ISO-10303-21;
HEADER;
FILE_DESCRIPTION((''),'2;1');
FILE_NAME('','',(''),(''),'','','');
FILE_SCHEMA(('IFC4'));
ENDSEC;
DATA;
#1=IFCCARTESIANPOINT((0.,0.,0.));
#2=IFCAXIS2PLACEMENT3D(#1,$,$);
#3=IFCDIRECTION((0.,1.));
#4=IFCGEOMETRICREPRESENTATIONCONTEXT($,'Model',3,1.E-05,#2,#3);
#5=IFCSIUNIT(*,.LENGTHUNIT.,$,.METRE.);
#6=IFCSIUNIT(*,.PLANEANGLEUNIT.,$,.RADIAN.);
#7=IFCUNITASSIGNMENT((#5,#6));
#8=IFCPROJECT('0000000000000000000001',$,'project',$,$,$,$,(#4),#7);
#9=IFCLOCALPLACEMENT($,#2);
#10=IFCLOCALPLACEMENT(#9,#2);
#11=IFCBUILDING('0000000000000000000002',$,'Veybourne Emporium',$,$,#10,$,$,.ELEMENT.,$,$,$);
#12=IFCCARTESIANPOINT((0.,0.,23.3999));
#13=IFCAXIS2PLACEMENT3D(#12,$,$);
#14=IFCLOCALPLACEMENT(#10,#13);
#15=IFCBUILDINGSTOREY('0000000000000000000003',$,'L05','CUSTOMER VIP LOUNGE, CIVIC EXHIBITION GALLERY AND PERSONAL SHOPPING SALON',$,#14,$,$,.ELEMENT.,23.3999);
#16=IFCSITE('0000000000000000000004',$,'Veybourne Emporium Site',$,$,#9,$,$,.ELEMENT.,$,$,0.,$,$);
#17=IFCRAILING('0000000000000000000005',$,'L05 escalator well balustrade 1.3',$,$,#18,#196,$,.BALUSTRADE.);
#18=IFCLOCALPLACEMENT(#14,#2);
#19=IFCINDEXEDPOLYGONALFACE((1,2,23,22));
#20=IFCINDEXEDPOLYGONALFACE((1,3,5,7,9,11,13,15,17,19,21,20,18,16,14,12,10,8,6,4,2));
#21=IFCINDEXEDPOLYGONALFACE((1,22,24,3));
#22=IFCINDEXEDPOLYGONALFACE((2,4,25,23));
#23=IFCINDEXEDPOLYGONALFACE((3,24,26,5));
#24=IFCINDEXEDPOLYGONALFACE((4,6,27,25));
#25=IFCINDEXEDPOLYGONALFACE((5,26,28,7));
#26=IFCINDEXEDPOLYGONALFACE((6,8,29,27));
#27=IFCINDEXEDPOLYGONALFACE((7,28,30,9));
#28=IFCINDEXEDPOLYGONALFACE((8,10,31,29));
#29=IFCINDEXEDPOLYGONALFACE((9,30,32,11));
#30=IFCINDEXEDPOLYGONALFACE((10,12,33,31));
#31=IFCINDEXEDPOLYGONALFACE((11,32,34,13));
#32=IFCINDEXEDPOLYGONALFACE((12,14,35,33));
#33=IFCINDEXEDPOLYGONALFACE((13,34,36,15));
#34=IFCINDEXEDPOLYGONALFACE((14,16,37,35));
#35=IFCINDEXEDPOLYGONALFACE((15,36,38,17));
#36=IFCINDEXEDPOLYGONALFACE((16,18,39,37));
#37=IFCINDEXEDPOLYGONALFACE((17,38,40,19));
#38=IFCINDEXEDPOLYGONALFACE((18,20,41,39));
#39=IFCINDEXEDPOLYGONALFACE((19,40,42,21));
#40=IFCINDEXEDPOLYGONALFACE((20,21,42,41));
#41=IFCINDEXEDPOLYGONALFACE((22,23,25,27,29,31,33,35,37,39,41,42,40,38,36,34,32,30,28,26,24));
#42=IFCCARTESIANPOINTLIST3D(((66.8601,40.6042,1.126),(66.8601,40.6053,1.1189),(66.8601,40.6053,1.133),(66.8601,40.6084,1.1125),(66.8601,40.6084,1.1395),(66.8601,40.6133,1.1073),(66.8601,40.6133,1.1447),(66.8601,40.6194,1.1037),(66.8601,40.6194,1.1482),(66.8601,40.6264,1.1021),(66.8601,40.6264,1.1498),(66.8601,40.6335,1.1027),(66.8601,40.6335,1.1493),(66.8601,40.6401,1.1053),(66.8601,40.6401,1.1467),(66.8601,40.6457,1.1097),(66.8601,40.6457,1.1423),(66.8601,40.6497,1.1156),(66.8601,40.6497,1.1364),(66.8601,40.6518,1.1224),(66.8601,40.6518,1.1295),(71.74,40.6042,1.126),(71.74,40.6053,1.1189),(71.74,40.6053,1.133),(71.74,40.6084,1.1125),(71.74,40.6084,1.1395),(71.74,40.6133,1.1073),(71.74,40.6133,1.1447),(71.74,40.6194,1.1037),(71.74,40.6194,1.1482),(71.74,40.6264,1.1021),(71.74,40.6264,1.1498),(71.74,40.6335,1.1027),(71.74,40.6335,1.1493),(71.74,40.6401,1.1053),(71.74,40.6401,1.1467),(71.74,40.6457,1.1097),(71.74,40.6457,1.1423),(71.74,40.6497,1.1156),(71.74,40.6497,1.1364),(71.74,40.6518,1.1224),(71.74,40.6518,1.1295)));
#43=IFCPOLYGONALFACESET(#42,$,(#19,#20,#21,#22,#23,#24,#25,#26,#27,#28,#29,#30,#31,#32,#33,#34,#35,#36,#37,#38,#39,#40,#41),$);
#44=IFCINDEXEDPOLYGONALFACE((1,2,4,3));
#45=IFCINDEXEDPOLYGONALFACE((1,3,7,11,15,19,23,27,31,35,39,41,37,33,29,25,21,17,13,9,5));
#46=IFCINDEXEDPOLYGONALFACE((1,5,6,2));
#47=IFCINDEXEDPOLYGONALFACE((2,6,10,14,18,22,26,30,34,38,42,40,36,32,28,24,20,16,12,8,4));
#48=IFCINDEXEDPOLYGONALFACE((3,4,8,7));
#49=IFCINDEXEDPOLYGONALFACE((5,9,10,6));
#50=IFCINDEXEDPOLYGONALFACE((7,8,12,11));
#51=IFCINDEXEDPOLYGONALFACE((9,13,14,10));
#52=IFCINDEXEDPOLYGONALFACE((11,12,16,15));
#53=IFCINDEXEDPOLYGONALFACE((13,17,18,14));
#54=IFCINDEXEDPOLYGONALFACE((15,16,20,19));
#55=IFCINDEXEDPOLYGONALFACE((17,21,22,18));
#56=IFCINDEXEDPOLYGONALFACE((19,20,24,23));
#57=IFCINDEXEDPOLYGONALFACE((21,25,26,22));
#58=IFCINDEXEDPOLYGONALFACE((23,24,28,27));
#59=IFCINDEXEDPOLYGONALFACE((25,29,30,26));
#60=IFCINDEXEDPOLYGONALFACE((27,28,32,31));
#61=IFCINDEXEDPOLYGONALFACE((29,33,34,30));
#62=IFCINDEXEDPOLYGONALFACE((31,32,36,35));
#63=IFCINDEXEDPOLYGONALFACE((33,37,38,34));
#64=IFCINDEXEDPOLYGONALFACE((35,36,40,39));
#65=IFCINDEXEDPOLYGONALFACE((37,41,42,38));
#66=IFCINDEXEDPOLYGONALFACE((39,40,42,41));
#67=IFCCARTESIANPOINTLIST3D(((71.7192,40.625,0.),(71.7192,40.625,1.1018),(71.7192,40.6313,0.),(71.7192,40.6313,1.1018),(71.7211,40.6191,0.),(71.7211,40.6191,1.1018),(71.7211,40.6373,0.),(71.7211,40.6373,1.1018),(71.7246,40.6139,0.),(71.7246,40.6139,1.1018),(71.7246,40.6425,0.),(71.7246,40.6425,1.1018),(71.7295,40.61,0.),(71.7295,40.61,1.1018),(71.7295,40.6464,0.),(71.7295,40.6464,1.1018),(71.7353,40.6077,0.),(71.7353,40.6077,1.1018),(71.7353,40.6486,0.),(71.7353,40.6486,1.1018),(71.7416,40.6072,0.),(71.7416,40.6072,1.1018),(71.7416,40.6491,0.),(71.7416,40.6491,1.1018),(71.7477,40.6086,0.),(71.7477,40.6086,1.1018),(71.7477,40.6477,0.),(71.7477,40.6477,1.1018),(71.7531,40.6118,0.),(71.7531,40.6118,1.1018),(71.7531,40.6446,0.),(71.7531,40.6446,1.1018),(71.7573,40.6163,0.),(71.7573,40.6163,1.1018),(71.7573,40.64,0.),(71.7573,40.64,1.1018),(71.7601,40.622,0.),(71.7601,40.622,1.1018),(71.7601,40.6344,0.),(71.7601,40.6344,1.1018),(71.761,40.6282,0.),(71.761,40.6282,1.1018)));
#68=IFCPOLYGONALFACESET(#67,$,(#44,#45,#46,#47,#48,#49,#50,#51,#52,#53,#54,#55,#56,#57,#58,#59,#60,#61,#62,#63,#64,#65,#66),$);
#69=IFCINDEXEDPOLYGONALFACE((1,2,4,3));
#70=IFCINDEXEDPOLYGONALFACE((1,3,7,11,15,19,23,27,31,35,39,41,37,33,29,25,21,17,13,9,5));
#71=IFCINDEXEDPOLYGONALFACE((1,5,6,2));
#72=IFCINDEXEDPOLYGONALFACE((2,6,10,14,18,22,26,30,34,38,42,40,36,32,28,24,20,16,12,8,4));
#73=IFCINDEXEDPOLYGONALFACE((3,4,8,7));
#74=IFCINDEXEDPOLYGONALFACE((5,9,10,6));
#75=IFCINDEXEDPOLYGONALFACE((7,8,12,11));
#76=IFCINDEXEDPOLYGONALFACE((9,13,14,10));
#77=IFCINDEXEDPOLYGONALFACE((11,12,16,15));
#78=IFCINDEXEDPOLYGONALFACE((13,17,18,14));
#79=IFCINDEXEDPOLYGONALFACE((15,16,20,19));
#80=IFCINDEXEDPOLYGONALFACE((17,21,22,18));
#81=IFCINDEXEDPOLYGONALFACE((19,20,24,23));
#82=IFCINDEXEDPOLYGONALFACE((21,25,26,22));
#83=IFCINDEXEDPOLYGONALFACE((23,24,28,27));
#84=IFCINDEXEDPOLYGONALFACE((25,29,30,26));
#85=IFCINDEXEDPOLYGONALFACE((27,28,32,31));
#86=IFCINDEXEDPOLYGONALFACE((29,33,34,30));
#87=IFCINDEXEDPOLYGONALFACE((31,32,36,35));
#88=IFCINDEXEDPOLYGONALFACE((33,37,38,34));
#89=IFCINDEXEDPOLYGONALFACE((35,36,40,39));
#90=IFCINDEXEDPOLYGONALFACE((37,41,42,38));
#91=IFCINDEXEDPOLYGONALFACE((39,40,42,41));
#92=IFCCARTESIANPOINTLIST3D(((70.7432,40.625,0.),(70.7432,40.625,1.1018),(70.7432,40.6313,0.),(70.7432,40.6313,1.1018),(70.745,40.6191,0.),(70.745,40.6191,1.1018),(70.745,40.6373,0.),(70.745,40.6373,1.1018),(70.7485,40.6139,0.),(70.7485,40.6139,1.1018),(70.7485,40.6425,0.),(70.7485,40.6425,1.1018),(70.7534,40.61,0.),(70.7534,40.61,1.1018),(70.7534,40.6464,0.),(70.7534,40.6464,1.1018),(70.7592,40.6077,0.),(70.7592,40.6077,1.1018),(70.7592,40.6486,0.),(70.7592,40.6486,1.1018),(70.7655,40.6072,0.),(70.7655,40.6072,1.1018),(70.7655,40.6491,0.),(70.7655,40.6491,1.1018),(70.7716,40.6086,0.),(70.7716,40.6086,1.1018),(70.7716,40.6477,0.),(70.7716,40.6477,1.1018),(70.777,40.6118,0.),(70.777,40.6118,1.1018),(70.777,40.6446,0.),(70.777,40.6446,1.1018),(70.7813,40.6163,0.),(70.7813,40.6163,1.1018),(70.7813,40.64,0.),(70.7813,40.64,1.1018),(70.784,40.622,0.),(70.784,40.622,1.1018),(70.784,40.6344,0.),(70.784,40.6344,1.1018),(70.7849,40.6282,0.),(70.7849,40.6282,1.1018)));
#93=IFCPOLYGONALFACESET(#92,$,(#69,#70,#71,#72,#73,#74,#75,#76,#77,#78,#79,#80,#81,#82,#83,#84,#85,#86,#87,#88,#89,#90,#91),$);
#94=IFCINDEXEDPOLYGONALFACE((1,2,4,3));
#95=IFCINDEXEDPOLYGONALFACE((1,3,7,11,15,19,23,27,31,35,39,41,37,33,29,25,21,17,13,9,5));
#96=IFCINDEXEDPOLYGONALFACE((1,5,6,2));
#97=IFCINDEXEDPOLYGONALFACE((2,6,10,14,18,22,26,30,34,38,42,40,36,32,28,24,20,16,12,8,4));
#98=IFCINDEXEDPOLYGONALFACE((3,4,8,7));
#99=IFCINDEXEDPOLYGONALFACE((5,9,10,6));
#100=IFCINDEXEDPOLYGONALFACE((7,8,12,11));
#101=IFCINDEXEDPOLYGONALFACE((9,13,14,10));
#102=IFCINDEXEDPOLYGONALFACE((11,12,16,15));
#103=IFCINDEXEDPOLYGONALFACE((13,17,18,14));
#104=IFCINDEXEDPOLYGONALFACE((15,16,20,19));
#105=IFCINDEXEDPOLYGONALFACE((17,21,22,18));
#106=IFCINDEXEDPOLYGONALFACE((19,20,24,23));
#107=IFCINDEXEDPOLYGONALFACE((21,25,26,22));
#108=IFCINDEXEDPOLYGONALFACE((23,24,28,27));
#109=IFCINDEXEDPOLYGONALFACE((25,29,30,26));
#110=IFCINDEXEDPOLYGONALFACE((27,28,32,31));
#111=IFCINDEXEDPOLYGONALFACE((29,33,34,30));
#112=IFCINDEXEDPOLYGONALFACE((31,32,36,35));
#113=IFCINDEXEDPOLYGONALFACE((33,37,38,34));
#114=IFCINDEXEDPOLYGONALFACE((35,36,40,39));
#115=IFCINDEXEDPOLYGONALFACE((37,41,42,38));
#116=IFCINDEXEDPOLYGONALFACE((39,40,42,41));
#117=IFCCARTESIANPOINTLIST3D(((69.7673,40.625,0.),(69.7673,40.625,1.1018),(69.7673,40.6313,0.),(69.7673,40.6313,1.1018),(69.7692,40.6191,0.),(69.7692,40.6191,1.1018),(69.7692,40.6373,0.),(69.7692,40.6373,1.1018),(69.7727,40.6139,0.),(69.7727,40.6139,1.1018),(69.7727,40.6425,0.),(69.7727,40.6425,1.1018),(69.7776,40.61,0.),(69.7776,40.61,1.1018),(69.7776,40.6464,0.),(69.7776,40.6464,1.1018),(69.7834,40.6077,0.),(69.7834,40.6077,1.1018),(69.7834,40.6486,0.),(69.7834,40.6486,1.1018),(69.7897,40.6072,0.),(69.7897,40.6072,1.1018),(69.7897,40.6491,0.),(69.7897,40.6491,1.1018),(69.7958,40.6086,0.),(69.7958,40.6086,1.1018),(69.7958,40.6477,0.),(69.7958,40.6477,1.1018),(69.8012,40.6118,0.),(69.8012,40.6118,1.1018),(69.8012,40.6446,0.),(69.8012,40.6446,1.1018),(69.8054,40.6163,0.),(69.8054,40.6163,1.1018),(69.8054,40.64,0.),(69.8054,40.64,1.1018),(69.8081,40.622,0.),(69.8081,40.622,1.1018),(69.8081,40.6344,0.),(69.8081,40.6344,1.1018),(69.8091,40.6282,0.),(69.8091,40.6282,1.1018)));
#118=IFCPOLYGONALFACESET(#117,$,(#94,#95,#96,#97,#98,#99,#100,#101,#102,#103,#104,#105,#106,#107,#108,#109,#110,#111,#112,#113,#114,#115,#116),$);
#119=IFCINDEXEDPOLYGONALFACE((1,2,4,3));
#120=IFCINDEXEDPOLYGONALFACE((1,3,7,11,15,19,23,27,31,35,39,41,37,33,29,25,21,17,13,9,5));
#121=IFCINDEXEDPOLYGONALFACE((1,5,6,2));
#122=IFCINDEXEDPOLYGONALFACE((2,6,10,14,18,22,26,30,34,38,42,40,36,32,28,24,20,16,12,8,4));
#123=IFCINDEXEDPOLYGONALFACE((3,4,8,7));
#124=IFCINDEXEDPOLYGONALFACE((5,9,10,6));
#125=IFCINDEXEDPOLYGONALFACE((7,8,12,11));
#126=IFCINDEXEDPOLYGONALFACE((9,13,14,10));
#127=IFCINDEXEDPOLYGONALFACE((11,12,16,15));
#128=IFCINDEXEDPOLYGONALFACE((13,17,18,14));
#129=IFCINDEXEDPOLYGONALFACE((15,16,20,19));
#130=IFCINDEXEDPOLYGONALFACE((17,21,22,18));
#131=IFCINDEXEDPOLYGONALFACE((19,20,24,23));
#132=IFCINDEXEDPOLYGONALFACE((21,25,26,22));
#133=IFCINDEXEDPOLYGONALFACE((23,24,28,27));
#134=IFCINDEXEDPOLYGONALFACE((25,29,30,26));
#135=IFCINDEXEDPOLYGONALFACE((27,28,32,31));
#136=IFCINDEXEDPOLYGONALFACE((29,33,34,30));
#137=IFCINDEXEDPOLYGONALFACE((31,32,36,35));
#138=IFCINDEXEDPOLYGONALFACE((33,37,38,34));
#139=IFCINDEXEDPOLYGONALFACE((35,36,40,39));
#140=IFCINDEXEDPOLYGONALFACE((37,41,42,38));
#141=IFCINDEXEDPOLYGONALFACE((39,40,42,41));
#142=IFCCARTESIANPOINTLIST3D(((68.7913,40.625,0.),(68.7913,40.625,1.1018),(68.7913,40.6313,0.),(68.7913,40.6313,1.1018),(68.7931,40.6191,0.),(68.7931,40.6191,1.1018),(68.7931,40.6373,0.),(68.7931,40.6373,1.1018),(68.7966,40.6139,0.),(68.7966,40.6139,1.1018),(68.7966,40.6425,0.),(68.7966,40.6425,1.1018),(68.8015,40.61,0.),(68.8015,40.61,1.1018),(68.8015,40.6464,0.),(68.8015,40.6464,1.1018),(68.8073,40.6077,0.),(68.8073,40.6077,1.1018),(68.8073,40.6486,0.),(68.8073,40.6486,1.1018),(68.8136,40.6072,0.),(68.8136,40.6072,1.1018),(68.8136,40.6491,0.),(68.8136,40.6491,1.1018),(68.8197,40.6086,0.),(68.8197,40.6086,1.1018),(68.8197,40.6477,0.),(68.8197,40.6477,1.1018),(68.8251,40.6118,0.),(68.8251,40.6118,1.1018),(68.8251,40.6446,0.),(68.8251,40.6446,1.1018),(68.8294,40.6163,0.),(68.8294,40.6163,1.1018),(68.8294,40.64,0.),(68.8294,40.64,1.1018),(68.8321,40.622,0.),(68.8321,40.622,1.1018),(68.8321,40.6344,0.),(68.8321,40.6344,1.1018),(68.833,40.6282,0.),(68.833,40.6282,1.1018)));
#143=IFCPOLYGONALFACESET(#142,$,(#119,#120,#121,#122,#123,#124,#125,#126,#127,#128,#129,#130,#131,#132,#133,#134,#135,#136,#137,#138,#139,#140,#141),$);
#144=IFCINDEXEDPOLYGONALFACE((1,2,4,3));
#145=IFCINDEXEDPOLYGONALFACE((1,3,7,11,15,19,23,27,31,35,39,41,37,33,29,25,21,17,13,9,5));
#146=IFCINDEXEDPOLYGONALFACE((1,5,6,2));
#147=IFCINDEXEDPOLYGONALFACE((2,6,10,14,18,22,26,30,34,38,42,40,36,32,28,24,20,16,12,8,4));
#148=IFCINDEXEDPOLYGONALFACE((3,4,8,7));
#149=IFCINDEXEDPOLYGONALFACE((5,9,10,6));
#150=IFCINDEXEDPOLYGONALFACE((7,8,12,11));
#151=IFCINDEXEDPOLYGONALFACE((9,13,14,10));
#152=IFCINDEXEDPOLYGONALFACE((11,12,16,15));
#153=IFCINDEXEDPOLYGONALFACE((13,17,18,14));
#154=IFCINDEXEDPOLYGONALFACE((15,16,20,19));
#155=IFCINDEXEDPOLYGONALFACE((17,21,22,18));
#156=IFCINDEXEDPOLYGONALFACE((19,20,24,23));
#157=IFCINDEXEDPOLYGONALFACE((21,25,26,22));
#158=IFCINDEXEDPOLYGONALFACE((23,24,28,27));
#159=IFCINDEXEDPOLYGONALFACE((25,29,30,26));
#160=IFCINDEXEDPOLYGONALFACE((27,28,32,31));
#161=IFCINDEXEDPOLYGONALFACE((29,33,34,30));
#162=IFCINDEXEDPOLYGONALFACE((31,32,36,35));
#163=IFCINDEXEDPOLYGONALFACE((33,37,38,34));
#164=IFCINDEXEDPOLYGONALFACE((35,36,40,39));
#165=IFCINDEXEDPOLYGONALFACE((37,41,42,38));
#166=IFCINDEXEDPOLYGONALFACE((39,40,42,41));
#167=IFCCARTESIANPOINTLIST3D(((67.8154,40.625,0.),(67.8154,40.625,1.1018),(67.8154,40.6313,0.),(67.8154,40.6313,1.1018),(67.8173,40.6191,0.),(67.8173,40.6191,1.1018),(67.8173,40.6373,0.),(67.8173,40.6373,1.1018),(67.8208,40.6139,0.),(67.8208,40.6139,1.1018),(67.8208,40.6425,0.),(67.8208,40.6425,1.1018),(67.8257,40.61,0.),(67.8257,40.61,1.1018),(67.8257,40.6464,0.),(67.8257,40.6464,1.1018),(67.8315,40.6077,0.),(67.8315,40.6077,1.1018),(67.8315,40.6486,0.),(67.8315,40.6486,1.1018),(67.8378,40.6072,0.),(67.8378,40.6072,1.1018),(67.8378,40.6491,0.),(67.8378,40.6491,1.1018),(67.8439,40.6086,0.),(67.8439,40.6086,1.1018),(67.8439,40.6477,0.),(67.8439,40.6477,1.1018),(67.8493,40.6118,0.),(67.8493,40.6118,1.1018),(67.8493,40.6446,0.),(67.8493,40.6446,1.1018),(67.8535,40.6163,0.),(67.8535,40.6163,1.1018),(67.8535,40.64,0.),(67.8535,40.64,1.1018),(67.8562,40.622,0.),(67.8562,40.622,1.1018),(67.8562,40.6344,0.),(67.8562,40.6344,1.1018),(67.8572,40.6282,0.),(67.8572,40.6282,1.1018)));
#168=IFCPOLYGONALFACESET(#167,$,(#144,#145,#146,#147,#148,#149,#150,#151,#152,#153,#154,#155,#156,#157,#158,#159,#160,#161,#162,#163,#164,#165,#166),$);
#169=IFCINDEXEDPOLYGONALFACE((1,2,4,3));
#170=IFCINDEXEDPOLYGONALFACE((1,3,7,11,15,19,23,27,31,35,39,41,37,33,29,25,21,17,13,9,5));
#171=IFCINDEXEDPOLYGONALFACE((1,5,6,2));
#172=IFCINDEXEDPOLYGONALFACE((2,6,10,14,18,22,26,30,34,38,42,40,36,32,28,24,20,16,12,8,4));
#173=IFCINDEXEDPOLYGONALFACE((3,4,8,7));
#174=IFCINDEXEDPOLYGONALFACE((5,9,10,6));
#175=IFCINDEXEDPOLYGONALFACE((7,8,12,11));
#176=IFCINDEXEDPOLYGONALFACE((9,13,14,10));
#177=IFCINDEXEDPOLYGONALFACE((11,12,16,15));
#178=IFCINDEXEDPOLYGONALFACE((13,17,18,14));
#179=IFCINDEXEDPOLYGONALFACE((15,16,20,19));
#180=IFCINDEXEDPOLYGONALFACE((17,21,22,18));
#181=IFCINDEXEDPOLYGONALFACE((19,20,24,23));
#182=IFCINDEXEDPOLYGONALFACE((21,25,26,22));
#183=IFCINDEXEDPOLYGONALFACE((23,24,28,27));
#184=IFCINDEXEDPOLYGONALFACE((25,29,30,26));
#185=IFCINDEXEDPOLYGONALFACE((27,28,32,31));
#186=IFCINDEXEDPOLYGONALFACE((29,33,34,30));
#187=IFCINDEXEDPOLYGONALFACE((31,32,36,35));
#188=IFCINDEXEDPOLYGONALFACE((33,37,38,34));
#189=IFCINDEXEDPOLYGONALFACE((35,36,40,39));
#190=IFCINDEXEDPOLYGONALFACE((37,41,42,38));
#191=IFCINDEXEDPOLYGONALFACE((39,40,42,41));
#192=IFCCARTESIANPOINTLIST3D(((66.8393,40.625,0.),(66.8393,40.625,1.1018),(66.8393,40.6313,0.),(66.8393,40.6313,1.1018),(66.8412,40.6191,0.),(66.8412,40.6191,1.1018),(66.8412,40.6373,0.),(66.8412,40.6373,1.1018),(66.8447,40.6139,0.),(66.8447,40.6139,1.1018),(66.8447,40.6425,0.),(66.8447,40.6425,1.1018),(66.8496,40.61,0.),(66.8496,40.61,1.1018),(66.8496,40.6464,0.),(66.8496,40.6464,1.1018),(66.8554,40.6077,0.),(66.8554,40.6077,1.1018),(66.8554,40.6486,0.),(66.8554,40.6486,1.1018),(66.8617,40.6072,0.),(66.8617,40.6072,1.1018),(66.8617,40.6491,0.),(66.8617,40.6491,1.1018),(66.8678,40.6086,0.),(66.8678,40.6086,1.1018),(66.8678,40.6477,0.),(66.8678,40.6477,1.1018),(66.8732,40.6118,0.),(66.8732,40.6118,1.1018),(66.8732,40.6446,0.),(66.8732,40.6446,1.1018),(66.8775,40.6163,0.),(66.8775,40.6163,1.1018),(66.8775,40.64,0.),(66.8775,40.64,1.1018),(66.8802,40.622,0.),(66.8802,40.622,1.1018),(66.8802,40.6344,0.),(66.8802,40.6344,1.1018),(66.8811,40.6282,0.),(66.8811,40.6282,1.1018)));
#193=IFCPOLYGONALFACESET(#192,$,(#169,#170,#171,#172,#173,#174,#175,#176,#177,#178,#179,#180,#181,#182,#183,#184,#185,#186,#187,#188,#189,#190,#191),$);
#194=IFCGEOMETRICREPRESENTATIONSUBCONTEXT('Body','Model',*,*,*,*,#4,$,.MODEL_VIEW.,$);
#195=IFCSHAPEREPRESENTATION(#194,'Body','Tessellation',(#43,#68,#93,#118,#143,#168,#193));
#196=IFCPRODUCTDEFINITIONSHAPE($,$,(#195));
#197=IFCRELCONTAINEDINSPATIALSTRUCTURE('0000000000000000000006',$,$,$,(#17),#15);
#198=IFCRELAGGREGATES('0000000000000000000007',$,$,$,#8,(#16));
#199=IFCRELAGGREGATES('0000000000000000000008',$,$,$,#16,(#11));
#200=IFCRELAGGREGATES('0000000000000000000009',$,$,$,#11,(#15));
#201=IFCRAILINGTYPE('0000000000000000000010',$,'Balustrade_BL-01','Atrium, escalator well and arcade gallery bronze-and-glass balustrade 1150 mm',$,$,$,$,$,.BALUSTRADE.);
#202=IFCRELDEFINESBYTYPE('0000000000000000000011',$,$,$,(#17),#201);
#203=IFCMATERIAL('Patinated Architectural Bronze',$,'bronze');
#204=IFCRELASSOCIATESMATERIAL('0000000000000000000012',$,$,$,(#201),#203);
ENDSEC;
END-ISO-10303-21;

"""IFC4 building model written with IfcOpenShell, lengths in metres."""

from ifc_helpers import new_model, si_unit, direction, frame, origin, origin_2d, place, context, subcontext, project, spatial, circle, extrude, material, type_object, element, save


model = new_model("IFC4")

# Units and contexts
model_context = context("Model", 3, precision=1e-05, world=origin(), true_north=direction((0.0, 1.0)))
body_context = subcontext(model_context, "Body", "Model", "MODEL_VIEW")
ifc_project = project(units=[si_unit("LENGTHUNIT", "METRE"), si_unit("PLANEANGLEUNIT", "RADIAN")], contexts=[model_context])

# Site, building, storey
site_placement = place(None, origin())
site = spatial("IfcSite", under=ifc_project, at=site_placement, Name="Veybourne Emporium Site", CompositionType="ELEMENT", RefElevation=0.0)
building_placement = place(site_placement, origin())
building = spatial("IfcBuilding", under=site, at=building_placement, Name="Veybourne Emporium", CompositionType="ELEMENT")
storey_placement = place(building_placement, frame((0.0, 0.0, 23.3999)))
storey = spatial("IfcBuildingStorey", under=building, at=storey_placement, Name="L05", Description="CUSTOMER VIP LOUNGE, CIVIC EXHIBITION GALLERY AND PERSONAL SHOPPING SALON", CompositionType="ELEMENT", Elevation=23.3999)

# Railing
ifc_material_1 = material(Name="Patinated Architectural Bronze", Category="bronze")
railing_type = type_object("IfcRailingType", Name="Balustrade_BL-01", Description="Atrium, escalator well and arcade gallery bronze-and-glass balustrade 1150 mm", PredefinedType="BALUSTRADE", material=ifc_material_1)
railing_1_placement = place(storey_placement, frame((71.74, 40.6282, 0.0)))
element("IfcRailing", 1, at=railing_1_placement, inside=storey, type_object=railing_type, Name="L05 escalator well balustrade 1.3", PredefinedType="BALUSTRADE", context=body_context, shape_type="SweptSolid", body=[
    extrude(circle(Radius=0.0239, at=origin_2d()), frame((0.0, 0.0, 1.126), z_axis=(-1.0, 0.0, 0.0), x_axis=(0.0, -1.0, 0.0)), (0.0, 0.0, 1.0), 4.8799),
    extrude(circle(Radius=0.021, at=origin_2d()), origin(), (0.0, 0.0, 1.0), 1.1018),
    extrude(circle(Radius=0.021, at=origin_2d()), frame((-0.9761, 0.0, 0.0)), (0.0, 0.0, 1.0), 1.1018),
    extrude(circle(Radius=0.021, at=origin_2d()), frame((-1.9519, 0.0, 0.0)), (0.0, 0.0, 1.0), 1.1018),
    extrude(circle(Radius=0.021, at=origin_2d()), frame((-2.928, 0.0, 0.0)), (0.0, 0.0, 1.0), 1.1018),
    extrude(circle(Radius=0.021, at=origin_2d()), frame((-3.9038, 0.0, 0.0)), (0.0, 0.0, 1.0), 1.1018),
    extrude(circle(Radius=0.021, at=origin_2d()), frame((-4.8799, 0.0, 0.0)), (0.0, 0.0, 1.0), 1.1018),
])

save(model, "model.ifc")
